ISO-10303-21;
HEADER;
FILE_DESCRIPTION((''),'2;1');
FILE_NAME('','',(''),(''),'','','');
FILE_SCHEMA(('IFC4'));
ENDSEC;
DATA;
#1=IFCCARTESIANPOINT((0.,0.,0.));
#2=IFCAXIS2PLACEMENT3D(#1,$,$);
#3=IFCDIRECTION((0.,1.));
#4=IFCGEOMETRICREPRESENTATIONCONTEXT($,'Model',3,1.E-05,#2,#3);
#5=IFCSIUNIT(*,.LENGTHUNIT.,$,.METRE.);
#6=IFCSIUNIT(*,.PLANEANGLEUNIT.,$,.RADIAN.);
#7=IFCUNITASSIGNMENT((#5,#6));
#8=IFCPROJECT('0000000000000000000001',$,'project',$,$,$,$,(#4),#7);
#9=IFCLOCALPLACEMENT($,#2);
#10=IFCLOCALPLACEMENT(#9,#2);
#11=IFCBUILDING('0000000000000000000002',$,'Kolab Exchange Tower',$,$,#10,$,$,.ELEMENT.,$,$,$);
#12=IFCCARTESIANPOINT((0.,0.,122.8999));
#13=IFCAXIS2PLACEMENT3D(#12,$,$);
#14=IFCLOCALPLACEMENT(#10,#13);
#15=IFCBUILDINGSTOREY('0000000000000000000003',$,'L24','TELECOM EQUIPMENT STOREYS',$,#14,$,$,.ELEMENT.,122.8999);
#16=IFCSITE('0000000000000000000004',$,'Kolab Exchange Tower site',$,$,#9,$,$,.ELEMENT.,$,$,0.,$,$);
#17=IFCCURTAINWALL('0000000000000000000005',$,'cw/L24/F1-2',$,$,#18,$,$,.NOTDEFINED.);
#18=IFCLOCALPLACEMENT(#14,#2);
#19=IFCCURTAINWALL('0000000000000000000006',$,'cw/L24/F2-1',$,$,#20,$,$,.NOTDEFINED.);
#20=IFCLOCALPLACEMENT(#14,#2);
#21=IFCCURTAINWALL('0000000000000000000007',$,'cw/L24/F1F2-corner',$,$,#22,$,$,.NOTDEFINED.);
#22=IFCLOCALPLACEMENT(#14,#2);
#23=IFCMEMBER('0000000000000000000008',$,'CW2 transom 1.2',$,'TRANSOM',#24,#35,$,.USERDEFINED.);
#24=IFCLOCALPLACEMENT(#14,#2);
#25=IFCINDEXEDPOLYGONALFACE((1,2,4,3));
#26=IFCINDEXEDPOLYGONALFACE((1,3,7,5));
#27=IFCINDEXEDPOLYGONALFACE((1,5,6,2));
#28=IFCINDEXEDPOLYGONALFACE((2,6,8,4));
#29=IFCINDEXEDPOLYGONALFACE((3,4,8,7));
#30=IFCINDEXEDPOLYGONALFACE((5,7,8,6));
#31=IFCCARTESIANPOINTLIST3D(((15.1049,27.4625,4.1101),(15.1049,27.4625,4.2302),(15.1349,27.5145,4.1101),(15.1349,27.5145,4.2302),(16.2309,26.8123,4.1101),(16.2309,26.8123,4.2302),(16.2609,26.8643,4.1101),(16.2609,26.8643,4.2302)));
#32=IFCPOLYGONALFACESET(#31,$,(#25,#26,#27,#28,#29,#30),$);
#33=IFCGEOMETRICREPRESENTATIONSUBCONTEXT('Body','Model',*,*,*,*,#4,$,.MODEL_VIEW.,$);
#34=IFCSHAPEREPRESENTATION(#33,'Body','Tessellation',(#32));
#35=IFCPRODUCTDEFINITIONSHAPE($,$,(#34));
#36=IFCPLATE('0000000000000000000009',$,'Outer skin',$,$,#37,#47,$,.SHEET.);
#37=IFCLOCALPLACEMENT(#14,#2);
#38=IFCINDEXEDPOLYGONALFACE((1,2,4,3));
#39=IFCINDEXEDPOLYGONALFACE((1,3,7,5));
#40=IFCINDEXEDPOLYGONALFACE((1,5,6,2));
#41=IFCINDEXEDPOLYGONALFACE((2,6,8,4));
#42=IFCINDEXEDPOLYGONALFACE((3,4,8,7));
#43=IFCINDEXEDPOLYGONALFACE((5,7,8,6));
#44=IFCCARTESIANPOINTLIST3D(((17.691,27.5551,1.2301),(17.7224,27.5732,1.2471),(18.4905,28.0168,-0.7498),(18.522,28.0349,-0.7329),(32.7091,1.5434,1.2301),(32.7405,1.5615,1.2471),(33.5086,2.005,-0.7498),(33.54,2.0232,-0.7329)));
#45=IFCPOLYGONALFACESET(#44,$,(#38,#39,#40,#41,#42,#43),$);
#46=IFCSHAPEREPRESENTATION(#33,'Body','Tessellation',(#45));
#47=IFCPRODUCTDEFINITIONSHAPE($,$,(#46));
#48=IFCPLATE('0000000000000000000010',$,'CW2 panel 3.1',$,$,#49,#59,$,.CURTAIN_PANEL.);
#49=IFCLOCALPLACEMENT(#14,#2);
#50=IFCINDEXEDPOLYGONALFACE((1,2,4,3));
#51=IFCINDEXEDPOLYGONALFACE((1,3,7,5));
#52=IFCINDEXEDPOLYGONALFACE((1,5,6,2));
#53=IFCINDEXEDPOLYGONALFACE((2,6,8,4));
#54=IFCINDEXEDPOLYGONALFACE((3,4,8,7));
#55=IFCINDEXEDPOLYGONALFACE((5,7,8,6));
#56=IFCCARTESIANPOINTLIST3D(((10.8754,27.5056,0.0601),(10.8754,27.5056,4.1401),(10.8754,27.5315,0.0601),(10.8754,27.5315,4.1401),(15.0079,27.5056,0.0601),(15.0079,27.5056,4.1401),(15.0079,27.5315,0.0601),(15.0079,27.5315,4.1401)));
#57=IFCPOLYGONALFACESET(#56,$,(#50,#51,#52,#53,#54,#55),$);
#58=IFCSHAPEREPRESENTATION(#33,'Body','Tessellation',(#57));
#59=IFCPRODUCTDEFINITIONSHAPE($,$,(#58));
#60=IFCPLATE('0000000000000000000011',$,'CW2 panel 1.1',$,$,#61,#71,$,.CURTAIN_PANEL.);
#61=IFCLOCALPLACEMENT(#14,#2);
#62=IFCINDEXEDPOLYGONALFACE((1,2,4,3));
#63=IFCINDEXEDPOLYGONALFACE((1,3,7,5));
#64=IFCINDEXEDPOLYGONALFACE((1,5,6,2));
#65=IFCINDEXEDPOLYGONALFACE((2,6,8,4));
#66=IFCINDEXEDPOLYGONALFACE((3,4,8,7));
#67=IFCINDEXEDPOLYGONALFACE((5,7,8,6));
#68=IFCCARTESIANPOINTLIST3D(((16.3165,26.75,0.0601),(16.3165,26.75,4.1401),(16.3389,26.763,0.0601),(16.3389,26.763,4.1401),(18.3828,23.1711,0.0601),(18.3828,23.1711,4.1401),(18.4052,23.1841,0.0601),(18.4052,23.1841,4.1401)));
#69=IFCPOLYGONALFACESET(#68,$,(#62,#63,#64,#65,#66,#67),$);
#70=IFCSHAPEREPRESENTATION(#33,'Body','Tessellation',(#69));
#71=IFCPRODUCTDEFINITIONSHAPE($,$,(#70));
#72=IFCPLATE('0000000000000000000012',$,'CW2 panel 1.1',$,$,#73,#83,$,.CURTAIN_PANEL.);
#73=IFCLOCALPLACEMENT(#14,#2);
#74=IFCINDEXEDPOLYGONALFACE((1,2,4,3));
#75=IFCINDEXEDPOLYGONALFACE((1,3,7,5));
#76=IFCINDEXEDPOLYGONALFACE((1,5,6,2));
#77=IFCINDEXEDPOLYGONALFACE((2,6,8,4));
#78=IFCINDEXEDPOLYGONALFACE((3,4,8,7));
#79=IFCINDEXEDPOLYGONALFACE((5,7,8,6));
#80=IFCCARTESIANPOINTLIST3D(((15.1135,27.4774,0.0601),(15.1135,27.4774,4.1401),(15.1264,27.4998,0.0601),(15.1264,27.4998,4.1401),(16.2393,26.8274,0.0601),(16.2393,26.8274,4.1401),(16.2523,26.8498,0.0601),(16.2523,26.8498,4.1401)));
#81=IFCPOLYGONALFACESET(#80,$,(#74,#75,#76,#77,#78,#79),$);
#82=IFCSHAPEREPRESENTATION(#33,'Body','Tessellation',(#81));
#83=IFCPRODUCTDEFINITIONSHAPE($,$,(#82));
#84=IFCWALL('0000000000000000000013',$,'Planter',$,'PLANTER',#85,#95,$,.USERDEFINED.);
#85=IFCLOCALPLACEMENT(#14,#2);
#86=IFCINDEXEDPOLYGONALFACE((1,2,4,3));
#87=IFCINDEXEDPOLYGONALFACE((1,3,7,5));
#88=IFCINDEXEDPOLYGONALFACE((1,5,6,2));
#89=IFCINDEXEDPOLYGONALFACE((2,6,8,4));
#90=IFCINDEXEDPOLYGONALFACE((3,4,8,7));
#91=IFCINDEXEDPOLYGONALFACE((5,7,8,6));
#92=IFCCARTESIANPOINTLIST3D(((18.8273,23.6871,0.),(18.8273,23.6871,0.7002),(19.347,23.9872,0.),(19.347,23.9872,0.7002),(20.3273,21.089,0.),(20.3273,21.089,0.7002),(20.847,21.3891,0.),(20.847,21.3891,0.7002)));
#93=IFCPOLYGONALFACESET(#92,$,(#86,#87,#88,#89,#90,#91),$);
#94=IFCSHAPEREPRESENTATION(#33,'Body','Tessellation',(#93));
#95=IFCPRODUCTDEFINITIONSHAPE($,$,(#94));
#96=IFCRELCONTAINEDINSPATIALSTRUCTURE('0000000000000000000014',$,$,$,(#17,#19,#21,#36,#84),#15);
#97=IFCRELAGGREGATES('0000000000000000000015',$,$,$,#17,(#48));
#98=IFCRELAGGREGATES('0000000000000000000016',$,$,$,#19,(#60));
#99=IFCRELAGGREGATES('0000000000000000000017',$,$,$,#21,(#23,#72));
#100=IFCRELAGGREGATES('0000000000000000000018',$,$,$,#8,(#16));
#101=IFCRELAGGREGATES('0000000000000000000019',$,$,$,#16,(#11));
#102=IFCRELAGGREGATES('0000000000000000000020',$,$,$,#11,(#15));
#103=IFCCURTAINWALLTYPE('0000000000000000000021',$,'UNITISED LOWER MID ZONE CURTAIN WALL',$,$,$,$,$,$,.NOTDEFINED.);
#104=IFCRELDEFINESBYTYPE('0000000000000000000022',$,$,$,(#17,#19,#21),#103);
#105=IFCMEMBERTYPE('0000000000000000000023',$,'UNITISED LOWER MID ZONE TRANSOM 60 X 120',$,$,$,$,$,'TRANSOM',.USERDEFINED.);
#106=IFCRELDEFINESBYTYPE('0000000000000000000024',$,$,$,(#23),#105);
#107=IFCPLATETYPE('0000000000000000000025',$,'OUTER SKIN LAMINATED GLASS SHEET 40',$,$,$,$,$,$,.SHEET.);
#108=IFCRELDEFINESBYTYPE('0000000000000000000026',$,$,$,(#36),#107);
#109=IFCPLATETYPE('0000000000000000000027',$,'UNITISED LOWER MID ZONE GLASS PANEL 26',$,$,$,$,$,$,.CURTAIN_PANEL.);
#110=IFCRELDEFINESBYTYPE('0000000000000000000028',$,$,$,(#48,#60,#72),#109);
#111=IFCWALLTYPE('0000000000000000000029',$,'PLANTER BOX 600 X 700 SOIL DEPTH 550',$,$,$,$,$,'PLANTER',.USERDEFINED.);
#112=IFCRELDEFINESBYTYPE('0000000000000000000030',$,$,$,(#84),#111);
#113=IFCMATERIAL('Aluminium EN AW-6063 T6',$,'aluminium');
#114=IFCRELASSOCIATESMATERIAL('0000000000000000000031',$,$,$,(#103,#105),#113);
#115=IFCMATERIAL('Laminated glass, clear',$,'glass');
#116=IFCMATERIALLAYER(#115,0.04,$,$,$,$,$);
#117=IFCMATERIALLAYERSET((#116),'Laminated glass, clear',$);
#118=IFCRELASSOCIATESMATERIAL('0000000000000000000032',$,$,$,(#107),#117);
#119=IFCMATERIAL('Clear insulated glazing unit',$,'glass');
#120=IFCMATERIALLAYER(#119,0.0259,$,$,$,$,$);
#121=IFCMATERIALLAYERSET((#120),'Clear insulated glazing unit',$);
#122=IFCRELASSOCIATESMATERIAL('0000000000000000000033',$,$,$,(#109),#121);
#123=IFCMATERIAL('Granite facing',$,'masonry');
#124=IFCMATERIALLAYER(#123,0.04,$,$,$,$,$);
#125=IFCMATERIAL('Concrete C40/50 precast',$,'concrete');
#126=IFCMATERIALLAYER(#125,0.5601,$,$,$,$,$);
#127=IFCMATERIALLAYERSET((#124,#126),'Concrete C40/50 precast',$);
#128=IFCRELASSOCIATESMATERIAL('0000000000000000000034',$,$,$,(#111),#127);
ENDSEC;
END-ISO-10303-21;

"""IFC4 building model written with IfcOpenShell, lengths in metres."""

from ifc_helpers import new_model, si_unit, direction, frame, frame_2d, origin, origin_2d, place, context, subcontext, project, spatial, polyline, rectangle, outline, extrude, material, layer, layer_set, material_profile, profile_set, type_object, element, aggregate, save


model = new_model("IFC4")

# Units and contexts
model_context = context("Model", 3, precision=1e-05, world=origin(), true_north=direction((0.0, 1.0)))
body_context = subcontext(model_context, "Body", "Model", "MODEL_VIEW")
ifc_project = project(units=[si_unit("LENGTHUNIT", "METRE"), si_unit("PLANEANGLEUNIT", "RADIAN")], contexts=[model_context])

# Site, building, storey
site_placement = place(None, origin())
site = spatial("IfcSite", under=ifc_project, at=site_placement, Name="Kolab Exchange Tower site", CompositionType="ELEMENT", RefElevation=0.0)
building_placement = place(site_placement, origin())
building = spatial("IfcBuilding", under=site, at=building_placement, Name="Kolab Exchange Tower", CompositionType="ELEMENT")
storey_placement = place(building_placement, frame((0.0, 0.0, 122.8999)))
storey = spatial("IfcBuildingStorey", under=building, at=storey_placement, Name="L24", Description="TELECOM EQUIPMENT STOREYS", CompositionType="ELEMENT", Elevation=122.8999)

# Curtain wall
ifc_material_1 = material(Name="Aluminium EN AW-6063 T6", Category="aluminium")
curtain_wall_type = type_object("IfcCurtainWallType", Name="UNITISED LOWER MID ZONE CURTAIN WALL", PredefinedType="NOTDEFINED", material=ifc_material_1)
curtain_wall_1_placement = place(storey_placement, origin())
curtain_wall_1 = element("IfcCurtainWall", 1, at=curtain_wall_1_placement, inside=storey, type_object=curtain_wall_type, Name="cw/L24/F1-2", PredefinedType="NOTDEFINED")

# Curtain walls
curtain_wall_2_placement = place(storey_placement, origin())
curtain_wall_2 = element("IfcCurtainWall", 2, at=curtain_wall_2_placement, inside=storey, type_object=curtain_wall_type, Name="cw/L24/F2-1", PredefinedType="NOTDEFINED")
curtain_wall_3_placement = place(storey_placement, origin())
curtain_wall_3 = element("IfcCurtainWall", 3, at=curtain_wall_3_placement, inside=storey, type_object=curtain_wall_type, Name="cw/L24/F1F2-corner", PredefinedType="NOTDEFINED")

# Member
ifc_material_profile_1 = material_profile(ifc_material_1, rectangle(XDim=0.0601, YDim=0.1201, at=origin_2d()), Name="RECT 60X120")
ifc_profile_set_1 = profile_set([ifc_material_profile_1], Name="Aluminium EN AW-6063 T6")
member_type_1 = type_object("IfcMemberType", Name="UNITISED LOWER MID ZONE TRANSOM 60 X 120", ElementType="TRANSOM", PredefinedType="USERDEFINED", material=ifc_profile_set_1)
member_1_placement = place(storey_placement, frame((15.1199, 27.4885, 4.1702), z_axis=(0.866004, -0.500037, 0.0), x_axis=(0.500037, 0.866004, 0.0)))
member_1 = element("IfcMember", 4, at=member_1_placement, type_object=member_type_1, Name="CW2 transom 1.2", ObjectType="TRANSOM", PredefinedType="USERDEFINED", context=body_context, shape_type="SweptSolid", body=[
    extrude(rectangle(XDim=0.0601, YDim=0.1201, at=origin_2d()), origin(), (0.0, 0.0, 1.0), 1.3003),
])

# Plates
ifc_material_2 = material(Name="Laminated glass, clear", Category="glass")
ifc_layer_1 = layer(ifc_material_2, 0.04)
ifc_layer_set_1 = layer_set([ifc_layer_1], Name="Laminated glass, clear")
plate_type_1 = type_object("IfcPlateType", Name="OUTER SKIN LAMINATED GLASS SHEET 40", PredefinedType="SHEET", material=ifc_layer_set_1)
plate_1_placement = place(storey_placement, frame((18.522, 28.0349, -0.7329), z_axis=(0.784884, 0.453159, 0.422616), x_axis=(0.500005, -0.866023, 0.0)))
element("IfcPlate", 5, at=plate_1_placement, inside=storey, type_object=plate_type_1, Name="Outer skin", PredefinedType="SHEET", context=body_context, shape_type="SweptSolid", body=[
    extrude(outline(polyline([(0.0, 0.0), (30.0358, 0.0), (30.0359, -2.1847), (0.0, -2.1847), (0.0, 0.0)])), origin(), (0.0, 0.0, -1.0), 0.04),
])
ifc_material_3 = material(Name="Clear insulated glazing unit", Category="glass")
ifc_layer_2 = layer(ifc_material_3, 0.0259)
ifc_layer_set_2 = layer_set([ifc_layer_2], Name="Clear insulated glazing unit")
plate_type_2 = type_object("IfcPlateType", Name="UNITISED LOWER MID ZONE GLASS PANEL 26", PredefinedType="CURTAIN_PANEL", material=ifc_layer_set_2)
plate_2_placement = place(storey_placement, frame((12.9417, 27.5186, 0.0601), z_axis=(0.0, 0.0, 1.0), x_axis=(1.0, 0.0, 0.0)))
plate_2 = element("IfcPlate", 6, at=plate_2_placement, type_object=plate_type_2, Name="CW2 panel 3.1", PredefinedType="CURTAIN_PANEL", context=body_context, shape_type="SweptSolid", body=[
    extrude(rectangle(XDim=4.1326, YDim=0.0259, at=origin_2d()), origin(), (0.0, 0.0, 1.0), 4.0801),
])
aggregate(curtain_wall_1, [plate_2])
plate_3_placement = place(storey_placement, frame((17.3608, 24.967, 0.0601), z_axis=(0.0, 0.0, 1.0), x_axis=(0.5, -0.866025, 0.0)))
plate_3 = element("IfcPlate", 7, at=plate_3_placement, type_object=plate_type_2, Name="CW2 panel 1.1", PredefinedType="CURTAIN_PANEL", context=body_context, shape_type="SweptSolid", body=[
    extrude(rectangle(XDim=4.1326, YDim=0.0259, at=origin_2d()), origin(), (0.0, 0.0, 1.0), 4.0801),
])
aggregate(curtain_wall_2, [plate_3])
plate_4_placement = place(storey_placement, frame((15.6829, 27.1636, 0.0601), z_axis=(0.0, 0.0, 1.0), x_axis=(0.866025, -0.5, 0.0)))
plate_4 = element("IfcPlate", 8, at=plate_4_placement, type_object=plate_type_2, Name="CW2 panel 1.1", PredefinedType="CURTAIN_PANEL", context=body_context, shape_type="SweptSolid", body=[
    extrude(rectangle(XDim=1.3, YDim=0.0259, at=origin_2d()), origin(), (0.0, 0.0, 1.0), 4.0801),
])
aggregate(curtain_wall_3, [member_1, plate_4])

# Wall
ifc_material_4 = material(Name="Granite facing", Category="masonry")
ifc_layer_3 = layer(ifc_material_4, 0.04)
ifc_material_5 = material(Name="Concrete C40/50 precast", Category="concrete")
ifc_layer_4 = layer(ifc_material_5, 0.5601)
ifc_layer_set_3 = layer_set([ifc_layer_3, ifc_layer_4], Name="Concrete C40/50 precast")
wall_type = type_object("IfcWallType", Name="PLANTER BOX 600 X 700 SOIL DEPTH 550", ElementType="PLANTER", PredefinedType="USERDEFINED", material=ifc_layer_set_3)
wall_placement = place(storey_placement, frame((19.0872, 23.8372, 0.0), z_axis=(0.0, 0.0, 1.0), x_axis=(0.49999, -0.866031, 0.0)))
element("IfcWall", 9, at=wall_placement, inside=storey, type_object=wall_type, Name="Planter", ObjectType="PLANTER", PredefinedType="USERDEFINED", context=body_context, shape_type="SweptSolid", body=[
    extrude(rectangle(XDim=3.0, YDim=0.6001, at=frame_2d((1.5, 0.0))), origin(), (0.0, 0.0, 1.0), 0.7002),
])

save(model, "model.ifc")
